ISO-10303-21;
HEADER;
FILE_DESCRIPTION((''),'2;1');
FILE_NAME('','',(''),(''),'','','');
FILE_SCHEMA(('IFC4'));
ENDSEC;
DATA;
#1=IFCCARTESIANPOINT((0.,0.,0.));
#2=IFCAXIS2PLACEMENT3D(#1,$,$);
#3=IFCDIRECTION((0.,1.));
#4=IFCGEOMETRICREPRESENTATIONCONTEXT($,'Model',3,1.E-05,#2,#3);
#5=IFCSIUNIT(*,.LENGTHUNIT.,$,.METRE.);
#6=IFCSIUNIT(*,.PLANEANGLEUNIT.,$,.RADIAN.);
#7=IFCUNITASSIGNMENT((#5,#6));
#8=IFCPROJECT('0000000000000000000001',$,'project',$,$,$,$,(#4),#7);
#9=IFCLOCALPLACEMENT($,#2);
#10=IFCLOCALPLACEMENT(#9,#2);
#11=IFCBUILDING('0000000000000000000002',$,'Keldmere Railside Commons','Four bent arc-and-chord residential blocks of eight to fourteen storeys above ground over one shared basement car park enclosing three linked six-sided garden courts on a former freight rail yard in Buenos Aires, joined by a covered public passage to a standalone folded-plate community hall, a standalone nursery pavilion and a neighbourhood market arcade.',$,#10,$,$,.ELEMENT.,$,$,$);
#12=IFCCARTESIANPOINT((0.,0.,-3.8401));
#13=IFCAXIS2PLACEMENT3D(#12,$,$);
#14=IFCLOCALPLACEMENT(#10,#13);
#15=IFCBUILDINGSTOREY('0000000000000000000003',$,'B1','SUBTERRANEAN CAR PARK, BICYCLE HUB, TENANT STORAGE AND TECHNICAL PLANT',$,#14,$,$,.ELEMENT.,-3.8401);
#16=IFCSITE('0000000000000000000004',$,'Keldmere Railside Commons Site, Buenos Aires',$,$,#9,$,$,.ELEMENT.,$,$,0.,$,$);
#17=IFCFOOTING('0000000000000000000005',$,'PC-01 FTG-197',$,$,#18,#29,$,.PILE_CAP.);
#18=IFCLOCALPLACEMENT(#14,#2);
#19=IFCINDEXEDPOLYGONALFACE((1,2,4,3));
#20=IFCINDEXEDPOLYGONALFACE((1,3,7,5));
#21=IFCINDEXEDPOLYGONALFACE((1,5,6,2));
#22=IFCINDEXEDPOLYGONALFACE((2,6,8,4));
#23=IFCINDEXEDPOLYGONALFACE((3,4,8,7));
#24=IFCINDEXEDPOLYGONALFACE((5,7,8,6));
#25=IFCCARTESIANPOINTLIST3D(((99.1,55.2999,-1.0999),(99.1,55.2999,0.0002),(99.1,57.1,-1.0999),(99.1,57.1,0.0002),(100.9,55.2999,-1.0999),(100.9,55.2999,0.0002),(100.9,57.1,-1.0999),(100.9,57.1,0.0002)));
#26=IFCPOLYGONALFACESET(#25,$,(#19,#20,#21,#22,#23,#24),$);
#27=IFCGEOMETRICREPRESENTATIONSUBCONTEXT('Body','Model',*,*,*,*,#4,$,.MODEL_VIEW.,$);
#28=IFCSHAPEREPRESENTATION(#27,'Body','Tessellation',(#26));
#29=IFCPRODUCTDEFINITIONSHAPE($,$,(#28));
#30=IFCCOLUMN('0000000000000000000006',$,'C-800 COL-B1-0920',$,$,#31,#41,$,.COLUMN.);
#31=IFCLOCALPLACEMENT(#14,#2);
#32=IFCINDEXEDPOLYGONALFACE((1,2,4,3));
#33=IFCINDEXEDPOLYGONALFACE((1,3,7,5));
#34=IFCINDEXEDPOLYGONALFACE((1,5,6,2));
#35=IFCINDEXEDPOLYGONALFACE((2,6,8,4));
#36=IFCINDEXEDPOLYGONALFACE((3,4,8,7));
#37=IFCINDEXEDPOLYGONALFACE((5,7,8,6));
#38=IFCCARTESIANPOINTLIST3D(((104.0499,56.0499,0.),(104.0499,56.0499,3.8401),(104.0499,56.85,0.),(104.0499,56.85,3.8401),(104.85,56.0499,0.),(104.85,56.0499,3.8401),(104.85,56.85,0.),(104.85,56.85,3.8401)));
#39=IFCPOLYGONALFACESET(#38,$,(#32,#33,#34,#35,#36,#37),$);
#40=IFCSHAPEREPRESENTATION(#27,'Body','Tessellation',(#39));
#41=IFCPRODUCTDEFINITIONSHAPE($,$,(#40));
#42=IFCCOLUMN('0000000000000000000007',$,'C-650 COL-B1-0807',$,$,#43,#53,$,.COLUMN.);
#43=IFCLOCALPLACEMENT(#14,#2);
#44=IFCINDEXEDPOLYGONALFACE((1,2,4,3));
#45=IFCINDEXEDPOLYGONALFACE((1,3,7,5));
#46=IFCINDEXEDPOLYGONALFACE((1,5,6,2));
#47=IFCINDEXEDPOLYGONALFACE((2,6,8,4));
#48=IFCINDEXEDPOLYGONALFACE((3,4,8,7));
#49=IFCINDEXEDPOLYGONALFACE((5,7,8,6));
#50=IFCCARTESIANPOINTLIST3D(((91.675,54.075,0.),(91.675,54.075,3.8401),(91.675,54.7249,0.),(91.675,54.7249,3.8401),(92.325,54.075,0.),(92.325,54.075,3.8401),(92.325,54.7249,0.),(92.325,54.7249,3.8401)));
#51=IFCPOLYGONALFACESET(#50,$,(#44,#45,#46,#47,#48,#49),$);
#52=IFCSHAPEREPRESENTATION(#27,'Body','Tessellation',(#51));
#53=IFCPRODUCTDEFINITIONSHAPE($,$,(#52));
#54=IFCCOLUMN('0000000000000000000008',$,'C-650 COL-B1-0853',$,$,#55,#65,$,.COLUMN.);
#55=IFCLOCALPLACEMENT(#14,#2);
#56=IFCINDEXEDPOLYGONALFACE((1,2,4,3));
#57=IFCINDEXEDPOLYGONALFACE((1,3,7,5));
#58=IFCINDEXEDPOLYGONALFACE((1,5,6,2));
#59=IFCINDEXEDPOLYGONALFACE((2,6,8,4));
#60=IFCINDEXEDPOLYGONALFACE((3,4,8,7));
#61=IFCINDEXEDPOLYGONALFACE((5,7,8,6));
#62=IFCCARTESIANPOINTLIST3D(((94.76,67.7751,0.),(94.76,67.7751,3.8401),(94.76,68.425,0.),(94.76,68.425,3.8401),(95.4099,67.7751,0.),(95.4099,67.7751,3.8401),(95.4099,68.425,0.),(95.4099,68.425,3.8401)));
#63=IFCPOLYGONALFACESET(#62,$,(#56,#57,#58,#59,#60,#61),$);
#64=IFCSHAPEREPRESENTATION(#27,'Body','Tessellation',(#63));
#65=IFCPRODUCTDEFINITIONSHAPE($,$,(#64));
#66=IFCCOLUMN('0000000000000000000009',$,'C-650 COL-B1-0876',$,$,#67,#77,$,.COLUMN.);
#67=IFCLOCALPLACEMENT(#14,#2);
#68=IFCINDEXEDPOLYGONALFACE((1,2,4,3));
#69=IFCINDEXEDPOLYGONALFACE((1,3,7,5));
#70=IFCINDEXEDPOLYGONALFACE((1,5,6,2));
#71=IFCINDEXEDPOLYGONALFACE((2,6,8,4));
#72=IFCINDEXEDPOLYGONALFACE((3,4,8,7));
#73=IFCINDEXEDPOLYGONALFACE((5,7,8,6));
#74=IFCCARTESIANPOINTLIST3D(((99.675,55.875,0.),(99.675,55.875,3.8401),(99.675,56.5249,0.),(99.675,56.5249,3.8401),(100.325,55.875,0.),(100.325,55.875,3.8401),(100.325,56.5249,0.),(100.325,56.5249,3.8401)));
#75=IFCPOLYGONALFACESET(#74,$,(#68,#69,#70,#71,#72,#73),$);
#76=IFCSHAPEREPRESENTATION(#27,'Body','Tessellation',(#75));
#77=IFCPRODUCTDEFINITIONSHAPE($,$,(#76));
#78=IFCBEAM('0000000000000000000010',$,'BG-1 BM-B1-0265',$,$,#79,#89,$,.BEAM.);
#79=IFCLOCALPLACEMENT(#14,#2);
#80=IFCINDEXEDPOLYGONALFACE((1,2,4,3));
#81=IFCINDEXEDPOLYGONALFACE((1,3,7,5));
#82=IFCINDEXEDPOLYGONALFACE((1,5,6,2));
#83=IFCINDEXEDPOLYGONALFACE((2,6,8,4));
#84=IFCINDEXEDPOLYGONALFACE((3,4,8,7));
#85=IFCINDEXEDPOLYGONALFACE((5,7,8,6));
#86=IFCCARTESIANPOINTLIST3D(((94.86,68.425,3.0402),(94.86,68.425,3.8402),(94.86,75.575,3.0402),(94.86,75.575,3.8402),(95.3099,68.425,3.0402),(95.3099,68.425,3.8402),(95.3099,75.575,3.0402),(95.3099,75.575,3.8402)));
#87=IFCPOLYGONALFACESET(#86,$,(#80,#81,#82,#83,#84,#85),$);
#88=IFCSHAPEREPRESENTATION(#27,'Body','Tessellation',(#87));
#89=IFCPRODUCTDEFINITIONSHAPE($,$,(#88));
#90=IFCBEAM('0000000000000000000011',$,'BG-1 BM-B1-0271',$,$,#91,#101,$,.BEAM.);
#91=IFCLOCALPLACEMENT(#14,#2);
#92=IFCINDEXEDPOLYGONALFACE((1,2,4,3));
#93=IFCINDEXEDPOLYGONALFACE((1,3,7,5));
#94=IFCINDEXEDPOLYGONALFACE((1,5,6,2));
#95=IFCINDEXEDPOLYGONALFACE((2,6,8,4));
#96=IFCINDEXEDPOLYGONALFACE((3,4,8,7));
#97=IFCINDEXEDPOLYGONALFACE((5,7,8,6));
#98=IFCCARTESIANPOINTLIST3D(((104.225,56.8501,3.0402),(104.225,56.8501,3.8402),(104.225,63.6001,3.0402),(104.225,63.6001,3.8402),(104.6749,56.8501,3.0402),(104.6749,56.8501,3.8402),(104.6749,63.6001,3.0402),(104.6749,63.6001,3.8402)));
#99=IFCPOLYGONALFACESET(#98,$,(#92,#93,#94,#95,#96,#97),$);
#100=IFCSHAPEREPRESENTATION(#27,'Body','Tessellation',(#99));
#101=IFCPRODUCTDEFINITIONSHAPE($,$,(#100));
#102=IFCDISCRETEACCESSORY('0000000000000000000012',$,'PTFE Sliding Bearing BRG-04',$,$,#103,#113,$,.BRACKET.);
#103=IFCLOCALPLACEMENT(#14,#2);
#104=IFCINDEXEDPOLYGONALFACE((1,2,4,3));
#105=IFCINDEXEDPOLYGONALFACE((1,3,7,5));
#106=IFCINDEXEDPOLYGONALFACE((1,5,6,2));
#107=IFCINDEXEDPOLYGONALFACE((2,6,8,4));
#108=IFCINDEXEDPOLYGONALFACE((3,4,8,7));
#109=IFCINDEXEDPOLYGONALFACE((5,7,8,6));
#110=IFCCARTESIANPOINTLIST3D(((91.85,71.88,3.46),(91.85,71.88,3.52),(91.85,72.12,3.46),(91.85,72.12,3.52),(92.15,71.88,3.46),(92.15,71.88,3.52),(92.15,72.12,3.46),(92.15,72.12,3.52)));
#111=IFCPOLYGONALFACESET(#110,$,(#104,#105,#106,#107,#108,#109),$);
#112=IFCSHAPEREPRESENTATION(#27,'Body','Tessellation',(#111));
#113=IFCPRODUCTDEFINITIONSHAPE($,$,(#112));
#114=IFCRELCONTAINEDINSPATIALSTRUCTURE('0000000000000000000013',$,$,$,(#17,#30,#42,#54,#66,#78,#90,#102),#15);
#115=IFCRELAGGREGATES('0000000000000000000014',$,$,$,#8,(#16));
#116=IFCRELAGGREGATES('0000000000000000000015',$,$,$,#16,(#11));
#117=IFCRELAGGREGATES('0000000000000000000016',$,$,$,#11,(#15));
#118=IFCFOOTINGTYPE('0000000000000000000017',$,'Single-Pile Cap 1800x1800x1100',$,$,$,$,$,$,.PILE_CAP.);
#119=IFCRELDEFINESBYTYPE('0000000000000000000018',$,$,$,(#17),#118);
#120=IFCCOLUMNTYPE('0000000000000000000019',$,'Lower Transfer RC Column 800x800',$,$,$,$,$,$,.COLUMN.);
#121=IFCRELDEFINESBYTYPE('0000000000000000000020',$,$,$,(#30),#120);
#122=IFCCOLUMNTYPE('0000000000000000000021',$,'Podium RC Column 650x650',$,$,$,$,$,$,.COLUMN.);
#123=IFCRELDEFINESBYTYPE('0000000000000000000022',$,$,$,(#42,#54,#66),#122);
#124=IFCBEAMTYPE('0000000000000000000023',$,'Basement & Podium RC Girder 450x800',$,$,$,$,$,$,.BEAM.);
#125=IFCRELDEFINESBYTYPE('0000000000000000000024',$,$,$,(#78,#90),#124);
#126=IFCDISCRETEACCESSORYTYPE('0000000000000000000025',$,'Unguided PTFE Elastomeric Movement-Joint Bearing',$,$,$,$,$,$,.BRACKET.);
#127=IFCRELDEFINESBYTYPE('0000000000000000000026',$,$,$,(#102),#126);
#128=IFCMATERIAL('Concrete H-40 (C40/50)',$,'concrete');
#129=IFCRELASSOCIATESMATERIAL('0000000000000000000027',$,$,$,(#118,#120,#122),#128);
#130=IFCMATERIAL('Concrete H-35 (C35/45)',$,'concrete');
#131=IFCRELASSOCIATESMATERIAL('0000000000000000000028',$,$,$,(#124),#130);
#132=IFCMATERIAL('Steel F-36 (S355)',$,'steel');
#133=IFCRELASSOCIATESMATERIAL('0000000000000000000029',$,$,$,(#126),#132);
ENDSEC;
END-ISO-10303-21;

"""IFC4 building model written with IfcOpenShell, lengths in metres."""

from ifc_helpers import new_model, si_unit, direction, frame, origin, origin_2d, place, context, subcontext, project, spatial, rectangle, extrude, material, material_profile, profile_set, type_object, element, save


model = new_model("IFC4")

# Units and contexts
model_context = context("Model", 3, precision=1e-05, world=origin(), true_north=direction((0.0, 1.0)))
body_context = subcontext(model_context, "Body", "Model", "MODEL_VIEW")
ifc_project = project(units=[si_unit("LENGTHUNIT", "METRE"), si_unit("PLANEANGLEUNIT", "RADIAN")], contexts=[model_context])

# Site, building, storey
site_placement = place(None, origin())
site = spatial("IfcSite", under=ifc_project, at=site_placement, Name="Keldmere Railside Commons Site, Buenos Aires", CompositionType="ELEMENT", RefElevation=0.0)
building_placement = place(site_placement, origin())
building = spatial("IfcBuilding", under=site, at=building_placement, Name="Keldmere Railside Commons", Description="Four bent arc-and-chord residential blocks of eight to fourteen storeys above ground over one shared basement car park enclosing three linked six-sided garden courts on a former freight rail yard in Buenos Aires, joined by a covered public passage to a standalone folded-plate community hall, a standalone nursery pavilion and a neighbourhood market arcade.", CompositionType="ELEMENT")
storey_placement = place(building_placement, frame((0.0, 0.0, -3.8401)))
storey = spatial("IfcBuildingStorey", under=building, at=storey_placement, Name="B1", Description="SUBTERRANEAN CAR PARK, BICYCLE HUB, TENANT STORAGE AND TECHNICAL PLANT", CompositionType="ELEMENT", Elevation=-3.8401)

# Footing
ifc_material_1 = material(Name="Concrete H-40 (C40/50)", Category="concrete")
footing_type_1 = type_object("IfcFootingType", Name="Single-Pile Cap 1800x1800x1100", PredefinedType="PILE_CAP", material=ifc_material_1)
for number, where, z_axis, x_axis, name in (
    (1, (100.0, 56.2, -1.0999), (0.0, 0.0, 1.0), (1.0, 0.0, 0.0), "PC-01 FTG-197"),
):
    element("IfcFooting", number, at=place(storey_placement, frame(where, z_axis=z_axis, x_axis=x_axis)), inside=storey, type_object=footing_type_1, Name=name, PredefinedType="PILE_CAP", context=body_context, shape_type="SweptSolid", body=[
        extrude(rectangle(XDim=1.8, YDim=1.8, at=origin_2d()), origin(), (0.0, 0.0, 1.0), 1.1001),
    ])

# Columns
ifc_material_profile_1 = material_profile(ifc_material_1, rectangle(XDim=0.8, YDim=0.8, at=origin_2d()), Name="RC-800x800")
ifc_profile_set_1 = profile_set([ifc_material_profile_1], Name="Concrete H-40 (C40/50)")
column_type_1 = type_object("IfcColumnType", Name="Lower Transfer RC Column 800x800", PredefinedType="COLUMN", material=ifc_profile_set_1)
column_placement = place(storey_placement, frame((104.45, 56.45, 0.0), z_axis=(0.0, 0.0, 1.0), x_axis=(1.0, 0.0, 0.0)))
element("IfcColumn", 2, at=column_placement, inside=storey, type_object=column_type_1, Name="C-800 COL-B1-0920", PredefinedType="COLUMN", context=body_context, shape_type="SweptSolid", body=[
    extrude(rectangle(XDim=0.8, YDim=0.8, at=origin_2d()), origin(), (0.0, 0.0, 1.0), 3.8401),
])
ifc_material_profile_2 = material_profile(ifc_material_1, rectangle(XDim=0.6499, YDim=0.6499, at=origin_2d()), Name="RC-650x650")
ifc_profile_set_2 = profile_set([ifc_material_profile_2], Name="Concrete H-40 (C40/50)")
column_type_2 = type_object("IfcColumnType", Name="Podium RC Column 650x650", PredefinedType="COLUMN", material=ifc_profile_set_2)
for number, where, z_axis, x_axis, name in (
    (3, (92.0, 54.3999, 0.0), (0.0, 0.0, 1.0), (1.0, 0.0, 0.0), "C-650 COL-B1-0807"),
    (4, (95.085, 68.1001, 0.0), (0.0, 0.0, 1.0), (1.0, 0.0, 0.0), "C-650 COL-B1-0853"),
    (5, (100.0, 56.2, 0.0), (0.0, 0.0, 1.0), (1.0, 0.0, 0.0), "C-650 COL-B1-0876"),
):
    element("IfcColumn", number, at=place(storey_placement, frame(where, z_axis=z_axis, x_axis=x_axis)), inside=storey, type_object=column_type_2, Name=name, PredefinedType="COLUMN", context=body_context, shape_type="SweptSolid", body=[
        extrude(rectangle(XDim=0.6499, YDim=0.6499, at=origin_2d()), origin(), (0.0, 0.0, 1.0), 3.8401),
    ])

# Beams
ifc_material_2 = material(Name="Concrete H-35 (C35/45)", Category="concrete")
ifc_material_profile_3 = material_profile(ifc_material_2, rectangle(XDim=0.45, YDim=0.8, at=origin_2d()), Name="RC-450x800")
ifc_profile_set_3 = profile_set([ifc_material_profile_3], Name="Concrete H-35 (C35/45)")
beam_type = type_object("IfcBeamType", Name="Basement & Podium RC Girder 450x800", PredefinedType="BEAM", material=ifc_profile_set_3)
beam_1_placement = place(storey_placement, frame((95.085, 68.425, 3.4402), z_axis=(0.0, 1.0, 0.0), x_axis=(-1.0, 0.0, 0.0)))
element("IfcBeam", 6, at=beam_1_placement, inside=storey, type_object=beam_type, Name="BG-1 BM-B1-0265", PredefinedType="BEAM", context=body_context, shape_type="SweptSolid", body=[
    extrude(rectangle(XDim=0.45, YDim=0.8, at=origin_2d()), origin(), (0.0, 0.0, 1.0), 7.1499),
])
beam_2_placement = place(storey_placement, frame((104.45, 56.8501, 3.4402), z_axis=(0.0, 1.0, 0.0), x_axis=(-1.0, 0.0, 0.0)))
element("IfcBeam", 7, at=beam_2_placement, inside=storey, type_object=beam_type, Name="BG-1 BM-B1-0271", PredefinedType="BEAM", context=body_context, shape_type="SweptSolid", body=[
    extrude(rectangle(XDim=0.45, YDim=0.8, at=origin_2d()), origin(), (0.0, 0.0, 1.0), 6.75),
])

# Discrete accessory
ifc_material_3 = material(Name="Steel F-36 (S355)", Category="steel")
discrete_accessory_type = type_object("IfcDiscreteAccessoryType", Name="Unguided PTFE Elastomeric Movement-Joint Bearing", PredefinedType="BRACKET", material=ifc_material_3)
discrete_accessory_placement = place(storey_placement, frame((92.0, 72.0, 3.46), z_axis=(0.0, 0.0, 1.0), x_axis=(1.0, 0.0, 0.0)))
element("IfcDiscreteAccessory", 8, at=discrete_accessory_placement, inside=storey, type_object=discrete_accessory_type, Name="PTFE Sliding Bearing BRG-04", PredefinedType="BRACKET", context=body_context, shape_type="SweptSolid", body=[
    extrude(rectangle(XDim=0.3, YDim=0.24, at=origin_2d()), origin(), (0.0, 0.0, 1.0), 0.0601),
])

save(model, "model.ifc")
